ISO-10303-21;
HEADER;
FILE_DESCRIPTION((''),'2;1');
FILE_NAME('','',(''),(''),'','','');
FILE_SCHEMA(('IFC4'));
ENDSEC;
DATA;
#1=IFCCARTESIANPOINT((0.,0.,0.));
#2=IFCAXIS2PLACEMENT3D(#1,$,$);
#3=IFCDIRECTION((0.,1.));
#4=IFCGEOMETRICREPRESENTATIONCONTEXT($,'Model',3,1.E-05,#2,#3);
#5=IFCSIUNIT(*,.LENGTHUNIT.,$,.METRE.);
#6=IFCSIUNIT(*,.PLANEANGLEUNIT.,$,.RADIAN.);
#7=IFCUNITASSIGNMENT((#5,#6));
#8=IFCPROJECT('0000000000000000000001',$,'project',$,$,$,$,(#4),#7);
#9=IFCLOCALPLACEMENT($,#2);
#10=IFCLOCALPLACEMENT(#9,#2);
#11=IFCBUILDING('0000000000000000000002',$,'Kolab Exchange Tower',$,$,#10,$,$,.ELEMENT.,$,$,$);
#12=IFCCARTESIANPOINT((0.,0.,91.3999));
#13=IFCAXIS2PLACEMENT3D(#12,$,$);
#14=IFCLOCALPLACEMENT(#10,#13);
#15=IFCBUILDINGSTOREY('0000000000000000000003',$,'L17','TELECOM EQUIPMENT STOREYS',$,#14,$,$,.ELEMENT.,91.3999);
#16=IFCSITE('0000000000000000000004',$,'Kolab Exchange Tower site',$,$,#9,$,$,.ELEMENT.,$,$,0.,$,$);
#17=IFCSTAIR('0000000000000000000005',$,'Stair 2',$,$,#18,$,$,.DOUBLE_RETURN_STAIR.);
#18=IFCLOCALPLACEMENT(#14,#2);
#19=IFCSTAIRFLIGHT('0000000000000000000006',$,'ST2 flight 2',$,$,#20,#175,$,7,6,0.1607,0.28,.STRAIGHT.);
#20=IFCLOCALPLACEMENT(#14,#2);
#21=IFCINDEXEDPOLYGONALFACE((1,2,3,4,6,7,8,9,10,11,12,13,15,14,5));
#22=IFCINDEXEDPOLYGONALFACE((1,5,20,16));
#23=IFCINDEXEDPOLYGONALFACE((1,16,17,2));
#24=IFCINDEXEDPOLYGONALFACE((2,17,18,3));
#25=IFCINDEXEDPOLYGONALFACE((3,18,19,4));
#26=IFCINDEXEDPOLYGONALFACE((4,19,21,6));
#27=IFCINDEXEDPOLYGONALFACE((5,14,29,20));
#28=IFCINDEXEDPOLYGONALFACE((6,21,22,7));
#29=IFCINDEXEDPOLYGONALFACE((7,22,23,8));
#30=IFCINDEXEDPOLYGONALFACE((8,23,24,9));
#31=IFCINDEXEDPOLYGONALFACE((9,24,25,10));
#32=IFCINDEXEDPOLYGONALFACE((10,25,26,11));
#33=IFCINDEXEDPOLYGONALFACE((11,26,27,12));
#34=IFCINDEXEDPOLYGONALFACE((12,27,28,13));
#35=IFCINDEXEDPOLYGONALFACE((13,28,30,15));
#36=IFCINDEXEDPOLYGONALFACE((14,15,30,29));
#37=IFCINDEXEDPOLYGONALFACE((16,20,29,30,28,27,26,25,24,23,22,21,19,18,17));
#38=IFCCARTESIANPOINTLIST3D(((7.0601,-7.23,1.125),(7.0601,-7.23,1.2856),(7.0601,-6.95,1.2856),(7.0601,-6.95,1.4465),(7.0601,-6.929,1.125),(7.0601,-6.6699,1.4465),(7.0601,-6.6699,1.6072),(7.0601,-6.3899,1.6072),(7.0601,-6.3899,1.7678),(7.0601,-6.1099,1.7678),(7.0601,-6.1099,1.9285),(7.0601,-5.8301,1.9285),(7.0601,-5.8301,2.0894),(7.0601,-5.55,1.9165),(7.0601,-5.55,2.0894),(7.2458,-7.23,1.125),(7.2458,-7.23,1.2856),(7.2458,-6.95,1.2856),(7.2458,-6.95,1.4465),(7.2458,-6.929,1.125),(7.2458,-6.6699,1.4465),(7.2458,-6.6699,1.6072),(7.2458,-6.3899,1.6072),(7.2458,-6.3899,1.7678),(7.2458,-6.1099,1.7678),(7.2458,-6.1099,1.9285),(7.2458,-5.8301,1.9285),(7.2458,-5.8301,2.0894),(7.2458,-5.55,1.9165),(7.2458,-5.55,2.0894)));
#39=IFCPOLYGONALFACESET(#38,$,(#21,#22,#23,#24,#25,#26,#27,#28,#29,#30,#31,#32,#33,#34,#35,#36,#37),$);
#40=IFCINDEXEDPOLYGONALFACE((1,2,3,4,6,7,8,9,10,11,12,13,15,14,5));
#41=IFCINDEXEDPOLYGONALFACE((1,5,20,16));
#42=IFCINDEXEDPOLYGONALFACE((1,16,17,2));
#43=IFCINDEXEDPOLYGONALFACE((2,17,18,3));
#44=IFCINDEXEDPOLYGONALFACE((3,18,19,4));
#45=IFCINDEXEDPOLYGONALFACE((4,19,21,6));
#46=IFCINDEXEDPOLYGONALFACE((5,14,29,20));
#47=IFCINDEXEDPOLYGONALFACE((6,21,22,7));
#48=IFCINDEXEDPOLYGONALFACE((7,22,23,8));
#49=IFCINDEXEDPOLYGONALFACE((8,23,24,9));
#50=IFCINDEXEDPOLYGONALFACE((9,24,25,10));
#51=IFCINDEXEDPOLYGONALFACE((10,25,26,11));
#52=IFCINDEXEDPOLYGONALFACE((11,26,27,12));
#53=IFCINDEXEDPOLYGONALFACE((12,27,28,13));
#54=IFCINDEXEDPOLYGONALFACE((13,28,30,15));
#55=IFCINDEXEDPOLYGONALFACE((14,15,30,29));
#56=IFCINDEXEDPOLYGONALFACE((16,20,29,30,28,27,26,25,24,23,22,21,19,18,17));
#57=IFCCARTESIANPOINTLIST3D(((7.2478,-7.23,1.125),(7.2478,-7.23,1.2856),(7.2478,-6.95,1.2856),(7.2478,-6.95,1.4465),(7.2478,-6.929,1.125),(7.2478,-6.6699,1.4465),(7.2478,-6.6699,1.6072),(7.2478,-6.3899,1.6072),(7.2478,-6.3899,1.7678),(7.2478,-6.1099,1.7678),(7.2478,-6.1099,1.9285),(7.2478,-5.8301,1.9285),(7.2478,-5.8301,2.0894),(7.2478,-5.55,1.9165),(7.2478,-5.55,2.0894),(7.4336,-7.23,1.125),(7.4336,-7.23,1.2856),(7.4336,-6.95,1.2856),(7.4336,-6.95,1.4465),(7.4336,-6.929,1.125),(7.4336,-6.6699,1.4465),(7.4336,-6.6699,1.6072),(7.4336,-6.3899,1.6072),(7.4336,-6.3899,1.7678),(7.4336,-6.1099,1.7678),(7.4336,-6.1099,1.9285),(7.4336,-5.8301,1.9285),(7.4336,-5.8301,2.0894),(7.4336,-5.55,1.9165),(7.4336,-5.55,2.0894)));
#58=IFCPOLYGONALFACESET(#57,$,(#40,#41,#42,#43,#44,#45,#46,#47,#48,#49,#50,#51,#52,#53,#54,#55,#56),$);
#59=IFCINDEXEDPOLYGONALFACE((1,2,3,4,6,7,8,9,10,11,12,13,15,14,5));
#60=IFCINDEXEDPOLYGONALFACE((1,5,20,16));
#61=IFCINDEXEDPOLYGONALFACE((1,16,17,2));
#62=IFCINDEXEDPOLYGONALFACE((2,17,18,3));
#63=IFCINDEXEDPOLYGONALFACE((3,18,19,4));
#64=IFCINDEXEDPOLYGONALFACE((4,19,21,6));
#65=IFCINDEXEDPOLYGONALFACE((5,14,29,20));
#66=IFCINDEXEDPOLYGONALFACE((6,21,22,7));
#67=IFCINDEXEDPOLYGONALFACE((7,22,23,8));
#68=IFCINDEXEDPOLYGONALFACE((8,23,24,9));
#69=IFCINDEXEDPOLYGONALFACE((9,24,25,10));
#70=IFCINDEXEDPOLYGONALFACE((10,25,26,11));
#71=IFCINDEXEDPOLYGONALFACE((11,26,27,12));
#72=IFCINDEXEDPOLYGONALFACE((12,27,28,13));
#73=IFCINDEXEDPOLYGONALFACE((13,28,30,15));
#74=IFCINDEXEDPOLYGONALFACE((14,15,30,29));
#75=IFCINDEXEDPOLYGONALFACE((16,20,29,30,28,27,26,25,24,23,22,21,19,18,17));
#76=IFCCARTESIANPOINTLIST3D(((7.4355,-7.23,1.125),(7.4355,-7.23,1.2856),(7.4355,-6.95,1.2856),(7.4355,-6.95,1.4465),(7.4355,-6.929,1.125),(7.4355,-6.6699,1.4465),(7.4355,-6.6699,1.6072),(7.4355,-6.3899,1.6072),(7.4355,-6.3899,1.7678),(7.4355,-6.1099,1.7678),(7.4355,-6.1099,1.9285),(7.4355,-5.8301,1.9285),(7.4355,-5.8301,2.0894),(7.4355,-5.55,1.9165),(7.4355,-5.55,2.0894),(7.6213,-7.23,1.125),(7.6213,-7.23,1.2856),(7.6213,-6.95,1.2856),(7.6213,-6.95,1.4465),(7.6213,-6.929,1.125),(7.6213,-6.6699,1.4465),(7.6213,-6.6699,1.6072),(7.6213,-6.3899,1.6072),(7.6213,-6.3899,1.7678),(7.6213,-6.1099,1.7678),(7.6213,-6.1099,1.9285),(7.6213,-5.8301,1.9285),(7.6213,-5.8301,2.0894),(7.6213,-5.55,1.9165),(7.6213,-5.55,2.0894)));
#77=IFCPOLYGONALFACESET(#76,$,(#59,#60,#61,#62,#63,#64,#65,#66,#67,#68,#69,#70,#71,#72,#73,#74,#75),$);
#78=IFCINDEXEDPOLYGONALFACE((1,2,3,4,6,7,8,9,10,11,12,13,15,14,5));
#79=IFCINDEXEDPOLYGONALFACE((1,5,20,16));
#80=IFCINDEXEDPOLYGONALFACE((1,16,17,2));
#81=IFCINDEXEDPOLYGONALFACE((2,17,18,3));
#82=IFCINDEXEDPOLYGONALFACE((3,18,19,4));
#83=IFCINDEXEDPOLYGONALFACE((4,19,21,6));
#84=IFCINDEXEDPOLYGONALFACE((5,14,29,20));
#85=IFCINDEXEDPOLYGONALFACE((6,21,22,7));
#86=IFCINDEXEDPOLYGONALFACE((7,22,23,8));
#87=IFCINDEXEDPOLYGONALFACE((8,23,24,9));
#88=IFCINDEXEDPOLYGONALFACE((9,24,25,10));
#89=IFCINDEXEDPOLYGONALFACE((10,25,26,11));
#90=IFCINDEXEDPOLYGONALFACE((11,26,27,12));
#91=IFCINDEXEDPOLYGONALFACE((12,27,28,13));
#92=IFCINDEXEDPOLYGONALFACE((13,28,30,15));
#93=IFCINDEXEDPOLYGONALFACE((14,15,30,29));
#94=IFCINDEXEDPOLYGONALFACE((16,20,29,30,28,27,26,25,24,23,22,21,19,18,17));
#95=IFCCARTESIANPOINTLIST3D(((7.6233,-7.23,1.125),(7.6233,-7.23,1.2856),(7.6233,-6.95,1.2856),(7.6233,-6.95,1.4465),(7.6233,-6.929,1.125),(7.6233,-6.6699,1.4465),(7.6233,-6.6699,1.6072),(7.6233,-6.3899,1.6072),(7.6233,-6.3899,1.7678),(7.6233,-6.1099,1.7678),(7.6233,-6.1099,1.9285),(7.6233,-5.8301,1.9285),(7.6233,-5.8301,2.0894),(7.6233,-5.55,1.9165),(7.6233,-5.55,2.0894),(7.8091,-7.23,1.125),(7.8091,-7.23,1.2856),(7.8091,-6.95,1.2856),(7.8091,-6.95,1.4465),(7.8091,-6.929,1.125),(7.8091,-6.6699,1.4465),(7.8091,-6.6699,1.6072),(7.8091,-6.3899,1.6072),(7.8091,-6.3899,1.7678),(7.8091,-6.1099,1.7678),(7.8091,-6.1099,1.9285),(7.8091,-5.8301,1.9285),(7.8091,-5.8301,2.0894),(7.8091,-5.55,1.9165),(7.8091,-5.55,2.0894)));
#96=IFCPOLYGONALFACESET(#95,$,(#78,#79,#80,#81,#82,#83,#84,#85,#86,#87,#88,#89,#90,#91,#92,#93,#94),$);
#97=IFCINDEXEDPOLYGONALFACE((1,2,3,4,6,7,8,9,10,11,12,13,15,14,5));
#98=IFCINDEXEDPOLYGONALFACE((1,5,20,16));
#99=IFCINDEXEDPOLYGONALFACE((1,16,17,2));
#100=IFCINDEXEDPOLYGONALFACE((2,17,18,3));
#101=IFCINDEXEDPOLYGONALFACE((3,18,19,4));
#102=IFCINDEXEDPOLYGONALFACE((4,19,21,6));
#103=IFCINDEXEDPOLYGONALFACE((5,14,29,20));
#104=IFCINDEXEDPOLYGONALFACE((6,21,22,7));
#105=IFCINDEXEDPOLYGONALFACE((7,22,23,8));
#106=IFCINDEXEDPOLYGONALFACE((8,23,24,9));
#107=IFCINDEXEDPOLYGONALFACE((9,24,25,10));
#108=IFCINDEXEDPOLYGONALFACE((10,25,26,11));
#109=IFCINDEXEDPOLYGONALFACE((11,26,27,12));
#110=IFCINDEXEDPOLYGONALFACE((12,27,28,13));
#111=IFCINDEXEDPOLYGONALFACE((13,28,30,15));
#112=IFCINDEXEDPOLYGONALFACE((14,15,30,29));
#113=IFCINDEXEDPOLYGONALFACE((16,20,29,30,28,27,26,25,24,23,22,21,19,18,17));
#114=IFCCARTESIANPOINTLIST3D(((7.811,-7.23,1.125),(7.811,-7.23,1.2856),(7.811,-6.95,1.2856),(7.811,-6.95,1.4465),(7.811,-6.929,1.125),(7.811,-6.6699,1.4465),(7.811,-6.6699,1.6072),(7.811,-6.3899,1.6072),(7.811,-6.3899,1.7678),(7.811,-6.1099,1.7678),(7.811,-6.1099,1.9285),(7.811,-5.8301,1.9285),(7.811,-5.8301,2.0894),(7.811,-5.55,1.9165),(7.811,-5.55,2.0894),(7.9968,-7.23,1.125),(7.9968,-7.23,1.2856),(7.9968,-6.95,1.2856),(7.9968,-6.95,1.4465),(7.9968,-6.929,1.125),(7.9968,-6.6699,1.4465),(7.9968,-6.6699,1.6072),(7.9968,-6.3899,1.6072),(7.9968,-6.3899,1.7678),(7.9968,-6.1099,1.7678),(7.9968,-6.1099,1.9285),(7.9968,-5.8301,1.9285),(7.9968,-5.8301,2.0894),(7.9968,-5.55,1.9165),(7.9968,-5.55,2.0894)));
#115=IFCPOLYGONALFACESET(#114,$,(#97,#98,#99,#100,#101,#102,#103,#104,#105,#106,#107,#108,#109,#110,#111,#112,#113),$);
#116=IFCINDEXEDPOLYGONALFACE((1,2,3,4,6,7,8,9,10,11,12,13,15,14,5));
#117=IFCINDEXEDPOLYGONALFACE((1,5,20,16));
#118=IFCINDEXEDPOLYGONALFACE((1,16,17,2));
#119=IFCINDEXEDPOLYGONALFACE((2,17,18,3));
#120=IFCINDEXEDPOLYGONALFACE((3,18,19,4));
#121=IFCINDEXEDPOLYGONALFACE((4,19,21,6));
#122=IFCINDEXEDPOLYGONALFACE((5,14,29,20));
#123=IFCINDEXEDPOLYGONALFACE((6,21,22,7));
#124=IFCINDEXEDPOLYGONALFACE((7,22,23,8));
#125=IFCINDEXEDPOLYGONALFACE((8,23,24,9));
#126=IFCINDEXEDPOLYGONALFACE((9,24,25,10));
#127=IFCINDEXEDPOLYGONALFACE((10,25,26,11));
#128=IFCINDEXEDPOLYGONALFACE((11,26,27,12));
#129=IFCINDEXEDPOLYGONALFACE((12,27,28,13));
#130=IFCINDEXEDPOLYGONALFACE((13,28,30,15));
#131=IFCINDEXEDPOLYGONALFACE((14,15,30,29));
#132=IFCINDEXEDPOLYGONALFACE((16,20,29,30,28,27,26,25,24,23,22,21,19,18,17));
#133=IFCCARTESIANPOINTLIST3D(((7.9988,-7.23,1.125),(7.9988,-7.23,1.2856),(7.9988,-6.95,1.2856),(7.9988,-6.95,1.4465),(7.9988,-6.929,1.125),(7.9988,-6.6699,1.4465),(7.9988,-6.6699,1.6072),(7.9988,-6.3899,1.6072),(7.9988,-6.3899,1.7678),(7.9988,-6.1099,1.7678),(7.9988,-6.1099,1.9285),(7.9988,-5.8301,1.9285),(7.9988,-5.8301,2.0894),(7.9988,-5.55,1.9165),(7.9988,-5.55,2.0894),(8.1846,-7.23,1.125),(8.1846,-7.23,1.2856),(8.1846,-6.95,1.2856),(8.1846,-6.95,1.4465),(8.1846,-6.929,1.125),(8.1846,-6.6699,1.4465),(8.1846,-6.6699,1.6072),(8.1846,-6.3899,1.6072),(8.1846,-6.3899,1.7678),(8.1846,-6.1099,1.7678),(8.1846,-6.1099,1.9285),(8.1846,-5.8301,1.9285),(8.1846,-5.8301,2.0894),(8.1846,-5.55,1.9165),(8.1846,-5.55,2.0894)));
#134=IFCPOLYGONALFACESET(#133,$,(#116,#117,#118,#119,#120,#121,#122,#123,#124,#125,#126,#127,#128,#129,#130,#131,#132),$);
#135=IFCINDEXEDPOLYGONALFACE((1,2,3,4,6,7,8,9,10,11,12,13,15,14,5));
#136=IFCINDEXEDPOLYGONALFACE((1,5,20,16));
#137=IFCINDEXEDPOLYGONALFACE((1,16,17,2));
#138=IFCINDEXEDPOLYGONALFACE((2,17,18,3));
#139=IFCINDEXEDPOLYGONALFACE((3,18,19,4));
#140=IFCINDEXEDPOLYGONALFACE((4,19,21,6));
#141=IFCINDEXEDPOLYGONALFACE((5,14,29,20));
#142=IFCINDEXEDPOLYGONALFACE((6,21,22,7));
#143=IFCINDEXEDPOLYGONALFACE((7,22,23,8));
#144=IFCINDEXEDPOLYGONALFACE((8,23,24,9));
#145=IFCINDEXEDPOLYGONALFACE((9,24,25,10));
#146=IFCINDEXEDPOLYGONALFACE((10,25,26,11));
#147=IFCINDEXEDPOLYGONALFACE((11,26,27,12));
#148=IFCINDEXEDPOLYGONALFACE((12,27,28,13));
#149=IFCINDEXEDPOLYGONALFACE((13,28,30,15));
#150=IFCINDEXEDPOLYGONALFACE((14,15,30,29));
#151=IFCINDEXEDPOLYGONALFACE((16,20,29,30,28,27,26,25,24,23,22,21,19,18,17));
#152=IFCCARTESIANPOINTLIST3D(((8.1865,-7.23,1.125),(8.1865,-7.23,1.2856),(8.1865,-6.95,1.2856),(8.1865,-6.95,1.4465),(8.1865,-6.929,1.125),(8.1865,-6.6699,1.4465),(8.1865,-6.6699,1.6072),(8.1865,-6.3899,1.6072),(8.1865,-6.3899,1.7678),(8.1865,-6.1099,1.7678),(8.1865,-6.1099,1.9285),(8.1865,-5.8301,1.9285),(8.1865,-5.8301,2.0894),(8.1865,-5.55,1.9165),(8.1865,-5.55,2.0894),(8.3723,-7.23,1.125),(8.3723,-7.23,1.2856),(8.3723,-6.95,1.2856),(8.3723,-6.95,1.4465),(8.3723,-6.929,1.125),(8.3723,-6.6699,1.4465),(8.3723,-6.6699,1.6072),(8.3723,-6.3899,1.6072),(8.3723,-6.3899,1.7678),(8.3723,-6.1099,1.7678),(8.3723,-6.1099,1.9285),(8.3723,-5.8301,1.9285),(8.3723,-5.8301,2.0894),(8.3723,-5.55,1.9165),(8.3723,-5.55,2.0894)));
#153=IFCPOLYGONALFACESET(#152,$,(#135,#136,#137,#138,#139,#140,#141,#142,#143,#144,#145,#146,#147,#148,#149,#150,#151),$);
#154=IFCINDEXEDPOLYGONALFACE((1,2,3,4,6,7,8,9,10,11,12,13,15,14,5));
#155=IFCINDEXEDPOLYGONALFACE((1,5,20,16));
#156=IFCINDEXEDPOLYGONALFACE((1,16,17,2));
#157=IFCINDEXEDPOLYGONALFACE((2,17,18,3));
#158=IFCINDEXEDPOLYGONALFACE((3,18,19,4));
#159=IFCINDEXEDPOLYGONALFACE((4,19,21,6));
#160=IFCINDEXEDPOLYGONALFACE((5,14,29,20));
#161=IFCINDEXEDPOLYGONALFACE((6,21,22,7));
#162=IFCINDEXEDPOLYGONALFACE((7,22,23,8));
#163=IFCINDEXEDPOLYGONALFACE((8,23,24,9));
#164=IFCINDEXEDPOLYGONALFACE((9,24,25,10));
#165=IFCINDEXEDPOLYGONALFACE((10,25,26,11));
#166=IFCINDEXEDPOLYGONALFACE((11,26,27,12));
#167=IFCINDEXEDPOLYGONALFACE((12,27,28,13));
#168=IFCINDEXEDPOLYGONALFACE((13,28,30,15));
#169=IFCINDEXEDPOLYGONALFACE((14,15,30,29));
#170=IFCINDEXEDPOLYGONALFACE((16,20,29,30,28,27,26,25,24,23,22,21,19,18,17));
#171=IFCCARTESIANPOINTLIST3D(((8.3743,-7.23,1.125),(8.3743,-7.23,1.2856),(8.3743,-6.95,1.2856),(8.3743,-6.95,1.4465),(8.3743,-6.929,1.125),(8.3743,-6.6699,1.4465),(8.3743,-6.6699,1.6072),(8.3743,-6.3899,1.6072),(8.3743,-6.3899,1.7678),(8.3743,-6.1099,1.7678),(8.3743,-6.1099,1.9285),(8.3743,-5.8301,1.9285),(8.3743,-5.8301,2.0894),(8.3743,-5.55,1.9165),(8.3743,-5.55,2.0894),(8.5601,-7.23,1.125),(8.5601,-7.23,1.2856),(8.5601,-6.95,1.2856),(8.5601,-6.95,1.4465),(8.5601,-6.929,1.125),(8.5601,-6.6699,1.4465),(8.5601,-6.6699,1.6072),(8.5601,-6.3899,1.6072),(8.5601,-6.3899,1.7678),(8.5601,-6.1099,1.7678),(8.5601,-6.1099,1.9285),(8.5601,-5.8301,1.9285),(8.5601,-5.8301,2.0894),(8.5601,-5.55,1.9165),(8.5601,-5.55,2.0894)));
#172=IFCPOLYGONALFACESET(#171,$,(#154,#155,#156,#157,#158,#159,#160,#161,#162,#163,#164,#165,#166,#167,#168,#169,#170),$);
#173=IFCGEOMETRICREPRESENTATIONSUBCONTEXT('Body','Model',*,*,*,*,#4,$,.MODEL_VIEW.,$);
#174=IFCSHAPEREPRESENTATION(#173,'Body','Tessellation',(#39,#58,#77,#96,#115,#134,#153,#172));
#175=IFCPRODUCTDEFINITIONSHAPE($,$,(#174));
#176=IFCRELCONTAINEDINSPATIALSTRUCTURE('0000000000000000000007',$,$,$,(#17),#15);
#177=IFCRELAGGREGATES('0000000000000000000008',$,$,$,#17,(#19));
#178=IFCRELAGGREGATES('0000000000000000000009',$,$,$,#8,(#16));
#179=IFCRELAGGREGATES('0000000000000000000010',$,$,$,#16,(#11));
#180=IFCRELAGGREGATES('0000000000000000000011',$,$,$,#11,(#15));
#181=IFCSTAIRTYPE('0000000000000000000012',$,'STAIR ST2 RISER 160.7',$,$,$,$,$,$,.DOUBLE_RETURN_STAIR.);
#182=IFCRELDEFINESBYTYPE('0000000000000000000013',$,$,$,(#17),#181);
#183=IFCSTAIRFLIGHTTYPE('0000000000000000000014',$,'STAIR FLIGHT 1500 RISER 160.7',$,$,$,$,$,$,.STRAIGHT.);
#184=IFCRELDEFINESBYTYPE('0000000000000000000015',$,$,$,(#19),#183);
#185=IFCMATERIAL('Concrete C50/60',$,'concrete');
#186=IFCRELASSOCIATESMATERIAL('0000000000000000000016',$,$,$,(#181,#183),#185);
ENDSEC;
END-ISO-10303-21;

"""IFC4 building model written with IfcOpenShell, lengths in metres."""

from ifc_helpers import new_model, si_unit, direction, frame, origin, place, context, subcontext, project, spatial, polyline, outline, extrude, material, type_object, element, aggregate, save


model = new_model("IFC4")

# Units and contexts
model_context = context("Model", 3, precision=1e-05, world=origin(), true_north=direction((0.0, 1.0)))
body_context = subcontext(model_context, "Body", "Model", "MODEL_VIEW")
ifc_project = project(units=[si_unit("LENGTHUNIT", "METRE"), si_unit("PLANEANGLEUNIT", "RADIAN")], contexts=[model_context])

# Site, building, storey
site_placement = place(None, origin())
site = spatial("IfcSite", under=ifc_project, at=site_placement, Name="Kolab Exchange Tower site", CompositionType="ELEMENT", RefElevation=0.0)
building_placement = place(site_placement, origin())
building = spatial("IfcBuilding", under=site, at=building_placement, Name="Kolab Exchange Tower", CompositionType="ELEMENT")
storey_placement = place(building_placement, frame((0.0, 0.0, 91.3999)))
storey = spatial("IfcBuildingStorey", under=building, at=storey_placement, Name="L17", Description="TELECOM EQUIPMENT STOREYS", CompositionType="ELEMENT", Elevation=91.3999)

# Shared definitions
ifc_material_1 = material(Name="Concrete C50/60", Category="concrete")

# Stair, stair flight
stair_type = type_object("IfcStairType", Name="STAIR ST2 RISER 160.7", PredefinedType="DOUBLE_RETURN_STAIR", material=ifc_material_1)
stair_placement = place(storey_placement, origin())
stair = element("IfcStair", 1, at=stair_placement, inside=storey, type_object=stair_type, Name="Stair 2", PredefinedType="DOUBLE_RETURN_STAIR")
stair_flight_type = type_object("IfcStairFlightType", Name="STAIR FLIGHT 1500 RISER 160.7", PredefinedType="STRAIGHT", material=ifc_material_1)
stair_flight_1_placement = place(storey_placement, frame((7.8101, -7.23, 1.125), z_axis=(0.0, 0.0, 1.0), x_axis=(0.0, 1.0, 0.0)))
stair_flight_1 = element("IfcStairFlight", 2, at=stair_flight_1_placement, type_object=stair_flight_type, Name="ST2 flight 2", NumberOfRisers=7, NumberOfTreads=6, PredefinedType="STRAIGHT", RiserHeight=0.1607, TreadLength=0.28, context=body_context, shape_type="SweptSolid", body=[
    extrude(outline(polyline([(0.0, 0.0), (0.0, 0.1606), (0.28, 0.1606), (0.28, 0.3215), (0.5601, 0.3215), (0.5601, 0.4822), (0.8401, 0.4822), (0.8401, 0.6428), (1.1201, 0.6428), (1.1201, 0.8035), (1.3999, 0.8035), (1.3999, 0.9644), (1.6799, 0.9644), (1.6799, 1.125), (1.6799, 0.7915), (0.301, 0.0), (0.0, 0.0)])), frame((0.0, 0.75, 0.0), z_axis=(0.0, -1.0, 0.0), x_axis=(1.0, 0.0, 0.0)), (0.0, 0.0, 1.0), 0.1858),
    extrude(outline(polyline([(0.0, 0.0), (0.0, 0.1606), (0.28, 0.1606), (0.28, 0.3215), (0.5601, 0.3215), (0.5601, 0.4822), (0.8401, 0.4822), (0.8401, 0.6428), (1.1201, 0.6428), (1.1201, 0.8035), (1.3999, 0.8035), (1.3999, 0.9644), (1.6799, 0.9644), (1.6799, 1.125), (1.6799, 0.7915), (0.301, 0.0), (0.0, 0.0)])), frame((0.0, 0.5623, 0.0), z_axis=(0.0, -1.0, 0.0), x_axis=(1.0, 0.0, 0.0)), (0.0, 0.0, 1.0), 0.1858),
    extrude(outline(polyline([(0.0, 0.0), (0.0, 0.1606), (0.28, 0.1606), (0.28, 0.3215), (0.5601, 0.3215), (0.5601, 0.4822), (0.8401, 0.4822), (0.8401, 0.6428), (1.1201, 0.6428), (1.1201, 0.8035), (1.3999, 0.8035), (1.3999, 0.9644), (1.6799, 0.9644), (1.6799, 1.125), (1.6799, 0.7915), (0.301, 0.0), (0.0, 0.0)])), frame((0.0, 0.3745, 0.0), z_axis=(0.0, -1.0, 0.0), x_axis=(1.0, 0.0, 0.0)), (0.0, 0.0, 1.0), 0.1858),
    extrude(outline(polyline([(0.0, 0.0), (0.0, 0.1606), (0.28, 0.1606), (0.28, 0.3215), (0.5601, 0.3215), (0.5601, 0.4822), (0.8401, 0.4822), (0.8401, 0.6428), (1.1201, 0.6428), (1.1201, 0.8035), (1.3999, 0.8035), (1.3999, 0.9644), (1.6799, 0.9644), (1.6799, 1.125), (1.6799, 0.7915), (0.301, 0.0), (0.0, 0.0)])), frame((0.0, 0.1868, 0.0), z_axis=(0.0, -1.0, 0.0), x_axis=(1.0, 0.0, 0.0)), (0.0, 0.0, 1.0), 0.1858),
    extrude(outline(polyline([(0.0, 0.0), (0.0, 0.1606), (0.28, 0.1606), (0.28, 0.3215), (0.5601, 0.3215), (0.5601, 0.4822), (0.8401, 0.4822), (0.8401, 0.6428), (1.1201, 0.6428), (1.1201, 0.8035), (1.3999, 0.8035), (1.3999, 0.9644), (1.6799, 0.9644), (1.6799, 1.125), (1.6799, 0.7915), (0.301, 0.0), (0.0, 0.0)])), frame((0.0, -0.001, 0.0), z_axis=(0.0, -1.0, 0.0), x_axis=(1.0, 0.0, 0.0)), (0.0, 0.0, 1.0), 0.1858),
    extrude(outline(polyline([(0.0, 0.0), (0.0, 0.1606), (0.28, 0.1606), (0.28, 0.3215), (0.5601, 0.3215), (0.5601, 0.4822), (0.8401, 0.4822), (0.8401, 0.6428), (1.1201, 0.6428), (1.1201, 0.8035), (1.3999, 0.8035), (1.3999, 0.9644), (1.6799, 0.9644), (1.6799, 1.125), (1.6799, 0.7915), (0.301, 0.0), (0.0, 0.0)])), frame((0.0, -0.1887, 0.0), z_axis=(0.0, -1.0, 0.0), x_axis=(1.0, 0.0, 0.0)), (0.0, 0.0, 1.0), 0.1858),
    extrude(outline(polyline([(0.0, 0.0), (0.0, 0.1606), (0.28, 0.1606), (0.28, 0.3215), (0.5601, 0.3215), (0.5601, 0.4822), (0.8401, 0.4822), (0.8401, 0.6428), (1.1201, 0.6428), (1.1201, 0.8035), (1.3999, 0.8035), (1.3999, 0.9644), (1.6799, 0.9644), (1.6799, 1.125), (1.6799, 0.7915), (0.301, 0.0), (0.0, 0.0)])), frame((0.0, -0.3765, 0.0), z_axis=(0.0, -1.0, 0.0), x_axis=(1.0, 0.0, 0.0)), (0.0, 0.0, 1.0), 0.1858),
    extrude(outline(polyline([(0.0, 0.0), (0.0, 0.1606), (0.28, 0.1606), (0.28, 0.3215), (0.5601, 0.3215), (0.5601, 0.4822), (0.8401, 0.4822), (0.8401, 0.6428), (1.1201, 0.6428), (1.1201, 0.8035), (1.3999, 0.8035), (1.3999, 0.9644), (1.6799, 0.9644), (1.6799, 1.125), (1.6799, 0.7915), (0.301, 0.0), (0.0, 0.0)])), frame((0.0, -0.5642, 0.0), z_axis=(0.0, -1.0, 0.0), x_axis=(1.0, 0.0, 0.0)), (0.0, 0.0, 1.0), 0.1858),
])
aggregate(stair, [stair_flight_1])

save(model, "model.ifc")
